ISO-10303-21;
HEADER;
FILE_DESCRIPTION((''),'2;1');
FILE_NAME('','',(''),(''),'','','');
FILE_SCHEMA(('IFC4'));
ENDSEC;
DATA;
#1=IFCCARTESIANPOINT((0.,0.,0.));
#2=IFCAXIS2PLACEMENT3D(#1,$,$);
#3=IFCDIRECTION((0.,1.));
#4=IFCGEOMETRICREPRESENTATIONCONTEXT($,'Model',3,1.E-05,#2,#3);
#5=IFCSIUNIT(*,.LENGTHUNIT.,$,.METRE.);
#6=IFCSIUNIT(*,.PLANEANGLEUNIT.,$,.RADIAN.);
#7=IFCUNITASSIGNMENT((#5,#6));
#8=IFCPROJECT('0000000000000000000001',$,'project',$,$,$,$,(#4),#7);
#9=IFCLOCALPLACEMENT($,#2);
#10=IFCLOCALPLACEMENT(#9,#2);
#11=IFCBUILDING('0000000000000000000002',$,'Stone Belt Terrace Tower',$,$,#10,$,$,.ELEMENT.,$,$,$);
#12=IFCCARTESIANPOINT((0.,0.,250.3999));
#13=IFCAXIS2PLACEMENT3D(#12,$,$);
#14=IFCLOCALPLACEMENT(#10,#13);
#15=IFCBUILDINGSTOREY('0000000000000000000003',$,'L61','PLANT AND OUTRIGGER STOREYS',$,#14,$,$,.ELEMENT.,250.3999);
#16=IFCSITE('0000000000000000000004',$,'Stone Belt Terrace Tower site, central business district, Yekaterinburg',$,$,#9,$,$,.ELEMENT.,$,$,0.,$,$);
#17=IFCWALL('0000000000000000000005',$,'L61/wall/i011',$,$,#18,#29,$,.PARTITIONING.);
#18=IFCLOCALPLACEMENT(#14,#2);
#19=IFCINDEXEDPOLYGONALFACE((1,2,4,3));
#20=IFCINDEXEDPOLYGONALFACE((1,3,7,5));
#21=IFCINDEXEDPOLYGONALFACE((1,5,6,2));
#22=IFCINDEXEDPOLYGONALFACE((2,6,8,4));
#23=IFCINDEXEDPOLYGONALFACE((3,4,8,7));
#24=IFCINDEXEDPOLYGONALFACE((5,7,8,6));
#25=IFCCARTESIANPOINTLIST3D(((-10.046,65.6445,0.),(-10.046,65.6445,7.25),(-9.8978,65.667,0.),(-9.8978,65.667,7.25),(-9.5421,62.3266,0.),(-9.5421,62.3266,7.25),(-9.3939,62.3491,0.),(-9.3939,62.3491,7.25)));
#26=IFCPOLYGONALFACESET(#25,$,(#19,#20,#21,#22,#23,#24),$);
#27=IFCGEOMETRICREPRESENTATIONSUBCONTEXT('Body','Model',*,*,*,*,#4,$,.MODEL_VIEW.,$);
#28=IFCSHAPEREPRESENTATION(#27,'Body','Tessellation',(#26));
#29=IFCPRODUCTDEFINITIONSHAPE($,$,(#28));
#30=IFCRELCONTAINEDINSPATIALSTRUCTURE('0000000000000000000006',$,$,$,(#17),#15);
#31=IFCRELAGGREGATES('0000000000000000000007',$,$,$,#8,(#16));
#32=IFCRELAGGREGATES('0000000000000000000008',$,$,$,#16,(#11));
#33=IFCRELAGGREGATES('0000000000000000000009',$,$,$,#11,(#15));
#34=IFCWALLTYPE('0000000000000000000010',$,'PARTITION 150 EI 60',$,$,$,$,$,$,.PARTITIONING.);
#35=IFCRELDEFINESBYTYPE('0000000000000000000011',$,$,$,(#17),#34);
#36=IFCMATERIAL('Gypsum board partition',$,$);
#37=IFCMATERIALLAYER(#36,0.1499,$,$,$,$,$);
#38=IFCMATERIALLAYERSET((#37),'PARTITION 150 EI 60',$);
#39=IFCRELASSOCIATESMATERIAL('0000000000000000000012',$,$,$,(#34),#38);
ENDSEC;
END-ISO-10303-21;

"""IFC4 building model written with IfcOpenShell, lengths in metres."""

from ifc_helpers import new_model, si_unit, direction, frame, frame_2d, origin, place, context, subcontext, project, spatial, rectangle, extrude, material, layer, layer_set, type_object, element, save


model = new_model("IFC4")

# Units and contexts
model_context = context("Model", 3, precision=1e-05, world=origin(), true_north=direction((0.0, 1.0)))
body_context = subcontext(model_context, "Body", "Model", "MODEL_VIEW")
ifc_project = project(units=[si_unit("LENGTHUNIT", "METRE"), si_unit("PLANEANGLEUNIT", "RADIAN")], contexts=[model_context])

# Site, building, storey
site_placement = place(None, origin())
site = spatial("IfcSite", under=ifc_project, at=site_placement, Name="Stone Belt Terrace Tower site, central business district, Yekaterinburg", CompositionType="ELEMENT", RefElevation=0.0)
building_placement = place(site_placement, origin())
building = spatial("IfcBuilding", under=site, at=building_placement, Name="Stone Belt Terrace Tower", CompositionType="ELEMENT")
storey_placement = place(building_placement, frame((0.0, 0.0, 250.3999)))
storey = spatial("IfcBuildingStorey", under=building, at=storey_placement, Name="L61", Description="PLANT AND OUTRIGGER STOREYS", CompositionType="ELEMENT", Elevation=250.3999)

# Wall
ifc_material_1 = material(Name="Gypsum board partition")
ifc_layer_1 = layer(ifc_material_1, 0.1499)
ifc_layer_set_1 = layer_set([ifc_layer_1], Name="PARTITION 150 EI 60")
wall_type = type_object("IfcWallType", Name="PARTITION 150 EI 60", PredefinedType="PARTITIONING", material=ifc_layer_set_1)
wall_placement = place(storey_placement, frame((-9.9719, 65.6558, 0.0), z_axis=(0.0, 0.0, 1.0), x_axis=(0.150154, -0.988663, 0.0)))
element("IfcWall", 1, at=wall_placement, inside=storey, type_object=wall_type, Name="L61/wall/i011", PredefinedType="PARTITIONING", context=body_context, shape_type="SweptSolid", body=[
    extrude(rectangle(XDim=3.356, YDim=0.1499, at=frame_2d((1.678, 0.0))), origin(), (0.0, 0.0, 1.0), 7.25),
])

save(model, "model.ifc")
